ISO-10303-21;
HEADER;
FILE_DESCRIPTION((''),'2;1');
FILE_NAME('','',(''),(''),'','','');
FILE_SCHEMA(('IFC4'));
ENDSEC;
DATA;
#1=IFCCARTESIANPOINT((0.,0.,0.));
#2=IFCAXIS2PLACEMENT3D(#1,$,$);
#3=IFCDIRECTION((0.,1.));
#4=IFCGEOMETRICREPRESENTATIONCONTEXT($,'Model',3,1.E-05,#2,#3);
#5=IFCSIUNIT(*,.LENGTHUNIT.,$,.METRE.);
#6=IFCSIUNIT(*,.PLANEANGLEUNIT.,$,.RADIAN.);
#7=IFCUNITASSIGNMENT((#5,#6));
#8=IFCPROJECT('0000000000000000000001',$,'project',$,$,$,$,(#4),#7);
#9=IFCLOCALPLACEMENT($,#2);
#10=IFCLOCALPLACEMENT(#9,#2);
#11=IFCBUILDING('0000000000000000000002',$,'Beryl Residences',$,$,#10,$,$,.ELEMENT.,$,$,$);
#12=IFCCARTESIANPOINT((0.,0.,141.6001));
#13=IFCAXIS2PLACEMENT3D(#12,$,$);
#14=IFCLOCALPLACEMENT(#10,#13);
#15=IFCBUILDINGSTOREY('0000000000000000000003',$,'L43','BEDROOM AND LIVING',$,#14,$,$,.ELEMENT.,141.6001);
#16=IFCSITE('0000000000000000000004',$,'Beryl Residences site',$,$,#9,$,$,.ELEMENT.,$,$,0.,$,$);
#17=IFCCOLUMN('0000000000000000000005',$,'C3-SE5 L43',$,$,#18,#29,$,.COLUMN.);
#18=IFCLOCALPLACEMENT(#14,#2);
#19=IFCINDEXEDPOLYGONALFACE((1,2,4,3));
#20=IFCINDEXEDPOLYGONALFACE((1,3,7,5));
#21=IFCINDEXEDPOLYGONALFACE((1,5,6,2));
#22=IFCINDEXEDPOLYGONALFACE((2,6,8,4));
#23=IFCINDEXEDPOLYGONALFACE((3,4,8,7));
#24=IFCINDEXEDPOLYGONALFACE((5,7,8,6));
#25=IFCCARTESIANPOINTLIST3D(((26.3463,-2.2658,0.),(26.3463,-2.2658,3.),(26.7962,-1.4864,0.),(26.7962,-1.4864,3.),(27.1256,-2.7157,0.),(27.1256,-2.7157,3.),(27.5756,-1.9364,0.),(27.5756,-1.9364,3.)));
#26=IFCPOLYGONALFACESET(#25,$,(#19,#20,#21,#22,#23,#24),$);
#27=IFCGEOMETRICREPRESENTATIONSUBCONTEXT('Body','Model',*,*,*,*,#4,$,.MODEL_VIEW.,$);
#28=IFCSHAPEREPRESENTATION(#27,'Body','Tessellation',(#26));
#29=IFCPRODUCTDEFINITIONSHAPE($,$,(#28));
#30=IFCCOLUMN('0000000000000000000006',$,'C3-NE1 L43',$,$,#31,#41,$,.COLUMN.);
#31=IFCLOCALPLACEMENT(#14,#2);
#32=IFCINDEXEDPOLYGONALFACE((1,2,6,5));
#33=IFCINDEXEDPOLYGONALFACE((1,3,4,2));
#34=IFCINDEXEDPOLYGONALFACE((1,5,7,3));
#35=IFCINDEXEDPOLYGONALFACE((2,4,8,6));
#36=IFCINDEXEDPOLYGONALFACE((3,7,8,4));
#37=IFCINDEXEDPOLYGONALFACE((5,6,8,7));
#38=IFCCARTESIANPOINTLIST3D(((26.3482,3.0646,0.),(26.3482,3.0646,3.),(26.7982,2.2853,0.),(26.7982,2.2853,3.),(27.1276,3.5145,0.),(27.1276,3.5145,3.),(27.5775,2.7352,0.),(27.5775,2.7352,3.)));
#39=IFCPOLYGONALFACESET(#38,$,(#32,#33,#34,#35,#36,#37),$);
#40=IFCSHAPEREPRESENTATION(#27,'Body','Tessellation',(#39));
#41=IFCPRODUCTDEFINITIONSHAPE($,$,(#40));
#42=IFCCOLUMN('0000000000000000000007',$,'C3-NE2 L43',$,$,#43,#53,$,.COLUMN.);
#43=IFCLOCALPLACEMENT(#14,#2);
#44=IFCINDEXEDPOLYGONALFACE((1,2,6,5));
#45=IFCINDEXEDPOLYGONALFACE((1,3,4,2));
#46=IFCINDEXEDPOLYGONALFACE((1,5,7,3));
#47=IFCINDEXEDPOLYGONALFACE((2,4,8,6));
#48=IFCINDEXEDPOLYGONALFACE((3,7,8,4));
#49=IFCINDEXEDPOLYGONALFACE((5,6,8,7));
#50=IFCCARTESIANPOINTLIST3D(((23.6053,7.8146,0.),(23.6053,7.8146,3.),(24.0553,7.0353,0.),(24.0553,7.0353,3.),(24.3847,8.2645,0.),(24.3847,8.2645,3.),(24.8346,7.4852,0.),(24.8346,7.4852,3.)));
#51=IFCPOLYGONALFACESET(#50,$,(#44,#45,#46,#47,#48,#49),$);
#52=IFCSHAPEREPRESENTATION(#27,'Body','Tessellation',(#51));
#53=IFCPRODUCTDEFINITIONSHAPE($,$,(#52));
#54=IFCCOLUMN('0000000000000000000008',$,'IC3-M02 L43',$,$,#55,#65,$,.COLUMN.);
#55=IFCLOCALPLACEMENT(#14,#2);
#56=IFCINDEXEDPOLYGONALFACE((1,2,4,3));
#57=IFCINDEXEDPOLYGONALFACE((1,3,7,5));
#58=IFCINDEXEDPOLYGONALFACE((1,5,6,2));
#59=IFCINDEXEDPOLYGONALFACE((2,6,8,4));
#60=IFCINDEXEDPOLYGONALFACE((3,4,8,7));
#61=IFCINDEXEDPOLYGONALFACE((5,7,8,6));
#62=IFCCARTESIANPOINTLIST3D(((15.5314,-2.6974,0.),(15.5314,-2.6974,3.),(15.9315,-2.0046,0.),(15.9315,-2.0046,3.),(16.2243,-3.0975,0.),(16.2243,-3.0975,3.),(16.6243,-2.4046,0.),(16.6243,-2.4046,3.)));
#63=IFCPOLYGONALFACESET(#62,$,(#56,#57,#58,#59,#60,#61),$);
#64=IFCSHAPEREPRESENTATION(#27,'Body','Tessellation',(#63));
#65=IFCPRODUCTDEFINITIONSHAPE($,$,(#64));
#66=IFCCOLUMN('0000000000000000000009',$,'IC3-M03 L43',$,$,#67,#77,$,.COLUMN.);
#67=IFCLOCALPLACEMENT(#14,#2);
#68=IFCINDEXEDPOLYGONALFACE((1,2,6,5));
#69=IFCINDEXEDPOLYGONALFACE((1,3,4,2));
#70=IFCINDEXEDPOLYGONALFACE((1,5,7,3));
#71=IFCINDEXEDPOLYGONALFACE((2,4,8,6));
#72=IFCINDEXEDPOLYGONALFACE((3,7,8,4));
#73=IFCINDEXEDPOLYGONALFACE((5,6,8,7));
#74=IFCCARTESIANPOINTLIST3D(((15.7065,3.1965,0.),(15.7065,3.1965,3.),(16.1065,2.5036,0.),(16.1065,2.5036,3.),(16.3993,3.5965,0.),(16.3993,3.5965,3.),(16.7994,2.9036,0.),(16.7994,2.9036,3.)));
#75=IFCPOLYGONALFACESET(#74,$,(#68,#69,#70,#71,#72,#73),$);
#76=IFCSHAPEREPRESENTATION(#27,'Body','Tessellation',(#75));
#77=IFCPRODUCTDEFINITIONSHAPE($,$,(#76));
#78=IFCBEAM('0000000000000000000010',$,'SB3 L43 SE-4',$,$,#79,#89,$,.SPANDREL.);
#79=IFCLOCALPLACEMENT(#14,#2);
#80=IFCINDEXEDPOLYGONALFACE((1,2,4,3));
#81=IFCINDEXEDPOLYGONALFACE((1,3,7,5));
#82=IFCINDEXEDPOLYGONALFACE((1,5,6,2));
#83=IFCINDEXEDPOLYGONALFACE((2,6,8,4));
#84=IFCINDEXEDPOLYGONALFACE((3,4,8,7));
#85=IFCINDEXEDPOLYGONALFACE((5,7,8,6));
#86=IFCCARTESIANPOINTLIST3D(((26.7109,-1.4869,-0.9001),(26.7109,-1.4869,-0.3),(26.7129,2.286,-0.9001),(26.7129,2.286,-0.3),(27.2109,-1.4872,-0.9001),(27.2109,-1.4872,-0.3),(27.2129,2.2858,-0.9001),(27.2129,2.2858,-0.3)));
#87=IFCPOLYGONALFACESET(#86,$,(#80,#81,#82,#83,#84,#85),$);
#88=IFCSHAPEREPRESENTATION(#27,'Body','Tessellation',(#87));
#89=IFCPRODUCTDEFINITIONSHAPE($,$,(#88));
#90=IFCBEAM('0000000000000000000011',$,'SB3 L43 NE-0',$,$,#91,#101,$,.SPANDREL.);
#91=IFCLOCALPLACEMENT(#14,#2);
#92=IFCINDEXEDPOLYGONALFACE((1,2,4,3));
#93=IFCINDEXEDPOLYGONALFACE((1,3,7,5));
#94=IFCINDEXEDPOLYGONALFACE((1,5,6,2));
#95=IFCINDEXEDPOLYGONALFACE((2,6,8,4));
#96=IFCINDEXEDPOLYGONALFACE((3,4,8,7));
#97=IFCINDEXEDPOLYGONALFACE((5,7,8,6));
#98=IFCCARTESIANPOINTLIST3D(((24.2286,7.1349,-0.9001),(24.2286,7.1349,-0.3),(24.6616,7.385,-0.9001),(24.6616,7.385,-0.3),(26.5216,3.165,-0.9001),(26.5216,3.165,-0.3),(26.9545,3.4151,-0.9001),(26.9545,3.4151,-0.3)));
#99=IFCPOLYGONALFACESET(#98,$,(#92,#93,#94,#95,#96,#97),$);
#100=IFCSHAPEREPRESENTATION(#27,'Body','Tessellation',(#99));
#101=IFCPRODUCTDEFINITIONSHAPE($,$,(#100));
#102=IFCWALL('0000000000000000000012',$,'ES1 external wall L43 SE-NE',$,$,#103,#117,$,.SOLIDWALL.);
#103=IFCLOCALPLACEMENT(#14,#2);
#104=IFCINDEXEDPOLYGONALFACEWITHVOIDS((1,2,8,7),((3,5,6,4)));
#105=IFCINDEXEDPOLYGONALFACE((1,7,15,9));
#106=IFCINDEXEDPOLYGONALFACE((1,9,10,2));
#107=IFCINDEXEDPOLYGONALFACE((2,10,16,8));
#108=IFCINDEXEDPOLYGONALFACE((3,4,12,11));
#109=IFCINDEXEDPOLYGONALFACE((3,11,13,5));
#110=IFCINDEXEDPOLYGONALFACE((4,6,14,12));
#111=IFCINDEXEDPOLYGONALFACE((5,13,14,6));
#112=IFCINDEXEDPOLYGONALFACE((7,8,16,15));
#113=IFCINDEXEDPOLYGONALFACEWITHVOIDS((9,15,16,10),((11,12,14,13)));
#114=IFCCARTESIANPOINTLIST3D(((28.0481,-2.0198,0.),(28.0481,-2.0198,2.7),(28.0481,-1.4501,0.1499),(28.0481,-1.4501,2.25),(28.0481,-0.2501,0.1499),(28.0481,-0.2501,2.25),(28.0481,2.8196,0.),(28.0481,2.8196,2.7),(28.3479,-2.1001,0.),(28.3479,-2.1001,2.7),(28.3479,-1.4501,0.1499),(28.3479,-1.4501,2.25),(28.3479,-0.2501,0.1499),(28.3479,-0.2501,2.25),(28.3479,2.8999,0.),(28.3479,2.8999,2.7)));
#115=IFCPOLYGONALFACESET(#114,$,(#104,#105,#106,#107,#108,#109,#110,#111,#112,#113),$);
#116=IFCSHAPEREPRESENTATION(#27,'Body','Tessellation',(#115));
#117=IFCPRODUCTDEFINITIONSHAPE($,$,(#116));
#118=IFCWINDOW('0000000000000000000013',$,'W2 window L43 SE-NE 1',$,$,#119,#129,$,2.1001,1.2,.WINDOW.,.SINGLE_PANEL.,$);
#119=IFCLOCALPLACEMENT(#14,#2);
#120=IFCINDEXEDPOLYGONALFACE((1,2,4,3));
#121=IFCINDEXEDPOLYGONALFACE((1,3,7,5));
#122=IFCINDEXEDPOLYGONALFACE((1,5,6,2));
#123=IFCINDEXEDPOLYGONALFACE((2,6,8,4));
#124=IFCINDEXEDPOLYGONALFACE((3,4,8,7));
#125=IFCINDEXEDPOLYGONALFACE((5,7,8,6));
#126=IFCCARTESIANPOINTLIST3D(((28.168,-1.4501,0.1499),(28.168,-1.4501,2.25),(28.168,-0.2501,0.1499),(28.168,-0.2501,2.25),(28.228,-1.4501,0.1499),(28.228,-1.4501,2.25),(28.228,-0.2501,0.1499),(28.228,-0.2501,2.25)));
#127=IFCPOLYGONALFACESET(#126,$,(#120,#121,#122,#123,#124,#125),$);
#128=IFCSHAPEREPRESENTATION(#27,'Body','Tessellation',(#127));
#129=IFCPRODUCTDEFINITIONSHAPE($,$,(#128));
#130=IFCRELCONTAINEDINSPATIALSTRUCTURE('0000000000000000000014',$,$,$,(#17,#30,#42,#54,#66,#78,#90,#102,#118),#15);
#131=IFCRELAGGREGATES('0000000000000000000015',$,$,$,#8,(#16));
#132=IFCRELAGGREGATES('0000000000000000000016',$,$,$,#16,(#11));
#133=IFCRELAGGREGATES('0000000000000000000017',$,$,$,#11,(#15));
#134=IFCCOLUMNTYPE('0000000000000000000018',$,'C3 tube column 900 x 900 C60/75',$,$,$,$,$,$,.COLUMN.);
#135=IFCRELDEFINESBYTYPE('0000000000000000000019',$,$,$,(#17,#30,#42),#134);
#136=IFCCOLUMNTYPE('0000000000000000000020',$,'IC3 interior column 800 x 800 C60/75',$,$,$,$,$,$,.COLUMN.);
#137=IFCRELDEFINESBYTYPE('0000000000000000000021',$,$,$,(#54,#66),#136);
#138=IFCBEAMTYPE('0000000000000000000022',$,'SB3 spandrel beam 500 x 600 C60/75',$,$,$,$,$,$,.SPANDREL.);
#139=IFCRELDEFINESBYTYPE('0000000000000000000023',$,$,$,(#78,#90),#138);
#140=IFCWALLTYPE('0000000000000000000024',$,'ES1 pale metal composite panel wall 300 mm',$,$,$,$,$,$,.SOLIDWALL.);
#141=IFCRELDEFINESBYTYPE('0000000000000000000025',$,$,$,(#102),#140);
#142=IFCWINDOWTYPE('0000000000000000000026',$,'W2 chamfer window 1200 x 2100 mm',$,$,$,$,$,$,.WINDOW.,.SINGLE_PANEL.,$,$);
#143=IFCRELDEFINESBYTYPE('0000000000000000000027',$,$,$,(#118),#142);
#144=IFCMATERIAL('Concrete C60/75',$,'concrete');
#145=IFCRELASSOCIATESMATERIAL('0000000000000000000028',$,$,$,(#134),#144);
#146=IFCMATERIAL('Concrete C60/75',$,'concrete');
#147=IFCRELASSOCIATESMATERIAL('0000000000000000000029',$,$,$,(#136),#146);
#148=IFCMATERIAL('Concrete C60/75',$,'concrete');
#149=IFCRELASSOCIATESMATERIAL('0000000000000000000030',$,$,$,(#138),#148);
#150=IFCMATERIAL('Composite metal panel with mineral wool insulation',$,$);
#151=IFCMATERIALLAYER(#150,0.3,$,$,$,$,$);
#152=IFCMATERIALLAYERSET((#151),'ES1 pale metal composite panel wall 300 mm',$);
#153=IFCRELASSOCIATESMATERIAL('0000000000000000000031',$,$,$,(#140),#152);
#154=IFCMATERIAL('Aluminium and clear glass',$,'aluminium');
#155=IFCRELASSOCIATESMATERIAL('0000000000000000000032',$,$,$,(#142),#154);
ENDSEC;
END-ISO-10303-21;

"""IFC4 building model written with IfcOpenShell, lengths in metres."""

from ifc_helpers import new_model, si_unit, direction, frame, frame_2d, origin, origin_2d, place, context, subcontext, project, spatial, polyline, rectangle, outline, extrude, material, layer, layer_set, material_profile, profile_set, type_object, element, fill, save


model = new_model("IFC4")

# Units and contexts
model_context = context("Model", 3, precision=1e-05, world=origin(), true_north=direction((0.0, 1.0)))
body_context = subcontext(model_context, "Body", "Model", "MODEL_VIEW")
ifc_project = project(units=[si_unit("LENGTHUNIT", "METRE"), si_unit("PLANEANGLEUNIT", "RADIAN")], contexts=[model_context])

# Site, building, storey
site_placement = place(None, origin())
site = spatial("IfcSite", under=ifc_project, at=site_placement, Name="Beryl Residences site", CompositionType="ELEMENT", RefElevation=0.0)
building_placement = place(site_placement, origin())
building = spatial("IfcBuilding", under=site, at=building_placement, Name="Beryl Residences", CompositionType="ELEMENT")
storey_placement = place(building_placement, frame((0.0, 0.0, 141.6001)))
storey = spatial("IfcBuildingStorey", under=building, at=storey_placement, Name="L43", Description="BEDROOM AND LIVING", CompositionType="ELEMENT", Elevation=141.6001)

# Columns
ifc_material_1 = material(Name="Concrete C60/75", Category="concrete")
ifc_material_profile_1 = material_profile(ifc_material_1, rectangle(XDim=0.8999, YDim=0.8999, at=origin_2d()))
ifc_profile_set_1 = profile_set([ifc_material_profile_1], Name="Concrete C60/75")
column_type_1 = type_object("IfcColumnType", Name="C3 tube column 900 x 900 C60/75", PredefinedType="COLUMN", material=ifc_profile_set_1)
for number, where, z_axis, x_axis, name in (
    (1, (26.9609, -2.1011, 0.0), (0.0, 0.0, 1.0), (0.5, 0.866025, 0.0), "C3-SE5 L43"),
    (2, (26.9629, 2.8999, 0.0), (0.0, 0.0, 1.0), (-0.5, 0.866025, 0.0), "C3-NE1 L43"),
    (3, (24.22, 7.6499, 0.0), (0.0, 0.0, 1.0), (-0.5, 0.866025, 0.0), "C3-NE2 L43"),
):
    element("IfcColumn", number, at=place(storey_placement, frame(where, z_axis=z_axis, x_axis=x_axis)), inside=storey, type_object=column_type_1, Name=name, PredefinedType="COLUMN", context=body_context, shape_type="SweptSolid", body=[
        extrude(rectangle(XDim=0.8999, YDim=0.8999, at=origin_2d()), origin(), (0.0, 0.0, 1.0), 3.0),
    ])
ifc_material_2 = material(Name="Concrete C60/75", Category="concrete")
ifc_material_profile_2 = material_profile(ifc_material_2, rectangle(XDim=0.8, YDim=0.8, at=origin_2d()))
ifc_profile_set_2 = profile_set([ifc_material_profile_2], Name="Concrete C60/75")
column_type_2 = type_object("IfcColumnType", Name="IC3 interior column 800 x 800 C60/75", PredefinedType="COLUMN", material=ifc_profile_set_2)
for number, where, z_axis, x_axis, name in (
    (4, (16.0779, -2.551, 0.0), (0.0, 0.0, 1.0), (0.5, 0.866025, 0.0), "IC3-M02 L43"),
    (5, (16.2529, 3.05, 0.0), (0.0, 0.0, 1.0), (-0.5, 0.866025, 0.0), "IC3-M03 L43"),
):
    element("IfcColumn", number, at=place(storey_placement, frame(where, z_axis=z_axis, x_axis=x_axis)), inside=storey, type_object=column_type_2, Name=name, PredefinedType="COLUMN", context=body_context, shape_type="SweptSolid", body=[
        extrude(rectangle(XDim=0.8, YDim=0.8, at=origin_2d()), origin(), (0.0, 0.0, 1.0), 3.0),
    ])

# Beams
ifc_material_3 = material(Name="Concrete C60/75", Category="concrete")
ifc_material_profile_3 = material_profile(ifc_material_3, rectangle(XDim=0.5, YDim=0.6001, at=origin_2d()))
ifc_profile_set_3 = profile_set([ifc_material_profile_3], Name="Concrete C60/75")
beam_type = type_object("IfcBeamType", Name="SB3 spandrel beam 500 x 600 C60/75", PredefinedType="SPANDREL", material=ifc_profile_set_3)
beam_1_placement = place(storey_placement, frame((26.9609, -1.4871, -0.6001), z_axis=(0.000518, 1.0, 0.0), x_axis=(-1.0, 0.000518, 0.0)))
element("IfcBeam", 6, at=beam_1_placement, inside=storey, type_object=beam_type, Name="SB3 L43 SE-4", PredefinedType="SPANDREL", context=body_context, shape_type="SweptSolid", body=[
    extrude(rectangle(XDim=0.5, YDim=0.6001, at=origin_2d()), origin(), (0.0, 0.0, 1.0), 3.7729),
])
beam_2_placement = place(storey_placement, frame((26.738, 3.29, -0.6001), z_axis=(-0.500148, 0.86594, 0.0), x_axis=(-0.86594, -0.500148, 0.0)))
element("IfcBeam", 7, at=beam_2_placement, inside=storey, type_object=beam_type, Name="SB3 L43 NE-0", PredefinedType="SPANDREL", context=body_context, shape_type="SweptSolid", body=[
    extrude(rectangle(XDim=0.5, YDim=0.6001, at=origin_2d()), origin(), (0.0, 0.0, 1.0), 4.5845),
])

# Wall, opening, window
ifc_material_4 = material(Name="Composite metal panel with mineral wool insulation")
ifc_layer_1 = layer(ifc_material_4, 0.3)
ifc_layer_set_1 = layer_set([ifc_layer_1], Name="ES1 pale metal composite panel wall 300 mm")
wall_type_1 = type_object("IfcWallType", Name="ES1 pale metal composite panel wall 300 mm", PredefinedType="SOLIDWALL", material=ifc_layer_set_1)
wall_1_placement = place(storey_placement, frame((28.198, -2.1001, 0.0), z_axis=(0.0, 0.0, 1.0), x_axis=(0.0, 1.0, 0.0)))
wall_1 = element("IfcWall", 8, at=wall_1_placement, inside=storey, type_object=wall_type_1, Name="ES1 external wall L43 SE-NE", PredefinedType="SOLIDWALL", context=body_context, shape_type="SweptSolid", body=[
    extrude(outline(polyline([(0.0, -0.1499), (5.0, -0.1499), (4.9197, 0.1499), (0.0803, 0.1499), (0.0, -0.1499)])), origin(), (0.0, 0.0, 1.0), 2.7),
])
opening_1_placement = place(wall_1_placement, frame((0.6499, 0.0, 0.1499)))
opening_1 = element("IfcOpeningElement", 9, at=opening_1_placement, cuts=wall_1, PredefinedType="OPENING", context=body_context, shape_type="SweptSolid", body=[
    extrude(rectangle(XDim=1.2, YDim=2.1001, at=frame_2d((0.6001, 1.05))), frame((0.0, 0.1599, 0.0), z_axis=(0.0, -1.0, 0.0), x_axis=(1.0, 0.0, 0.0)), (0.0, 0.0, 1.0), 0.3201),
])
ifc_material_5 = material(Name="Aluminium and clear glass", Category="aluminium")
window_type_1 = type_object("IfcWindowType", Name="W2 chamfer window 1200 x 2100 mm", PartitioningType="SINGLE_PANEL", PredefinedType="WINDOW", material=ifc_material_5)
window_1_placement = place(opening_1_placement, origin())
window_1 = element("IfcWindow", 10, at=window_1_placement, inside=storey, type_object=window_type_1, Name="W2 window L43 SE-NE 1", OverallHeight=2.1001, OverallWidth=1.2, PartitioningType="SINGLE_PANEL", PredefinedType="WINDOW", context=body_context, shape_type="SweptSolid", body=[
    extrude(rectangle(XDim=1.2, YDim=2.1001, at=frame_2d((0.6001, 1.05))), frame((0.0, 0.03, 0.0), z_axis=(0.0, -1.0, 0.0), x_axis=(1.0, 0.0, 0.0)), (0.0, 0.0, 1.0), 0.0601),
])
fill(opening_1, window_1)

save(model, "model.ifc")
